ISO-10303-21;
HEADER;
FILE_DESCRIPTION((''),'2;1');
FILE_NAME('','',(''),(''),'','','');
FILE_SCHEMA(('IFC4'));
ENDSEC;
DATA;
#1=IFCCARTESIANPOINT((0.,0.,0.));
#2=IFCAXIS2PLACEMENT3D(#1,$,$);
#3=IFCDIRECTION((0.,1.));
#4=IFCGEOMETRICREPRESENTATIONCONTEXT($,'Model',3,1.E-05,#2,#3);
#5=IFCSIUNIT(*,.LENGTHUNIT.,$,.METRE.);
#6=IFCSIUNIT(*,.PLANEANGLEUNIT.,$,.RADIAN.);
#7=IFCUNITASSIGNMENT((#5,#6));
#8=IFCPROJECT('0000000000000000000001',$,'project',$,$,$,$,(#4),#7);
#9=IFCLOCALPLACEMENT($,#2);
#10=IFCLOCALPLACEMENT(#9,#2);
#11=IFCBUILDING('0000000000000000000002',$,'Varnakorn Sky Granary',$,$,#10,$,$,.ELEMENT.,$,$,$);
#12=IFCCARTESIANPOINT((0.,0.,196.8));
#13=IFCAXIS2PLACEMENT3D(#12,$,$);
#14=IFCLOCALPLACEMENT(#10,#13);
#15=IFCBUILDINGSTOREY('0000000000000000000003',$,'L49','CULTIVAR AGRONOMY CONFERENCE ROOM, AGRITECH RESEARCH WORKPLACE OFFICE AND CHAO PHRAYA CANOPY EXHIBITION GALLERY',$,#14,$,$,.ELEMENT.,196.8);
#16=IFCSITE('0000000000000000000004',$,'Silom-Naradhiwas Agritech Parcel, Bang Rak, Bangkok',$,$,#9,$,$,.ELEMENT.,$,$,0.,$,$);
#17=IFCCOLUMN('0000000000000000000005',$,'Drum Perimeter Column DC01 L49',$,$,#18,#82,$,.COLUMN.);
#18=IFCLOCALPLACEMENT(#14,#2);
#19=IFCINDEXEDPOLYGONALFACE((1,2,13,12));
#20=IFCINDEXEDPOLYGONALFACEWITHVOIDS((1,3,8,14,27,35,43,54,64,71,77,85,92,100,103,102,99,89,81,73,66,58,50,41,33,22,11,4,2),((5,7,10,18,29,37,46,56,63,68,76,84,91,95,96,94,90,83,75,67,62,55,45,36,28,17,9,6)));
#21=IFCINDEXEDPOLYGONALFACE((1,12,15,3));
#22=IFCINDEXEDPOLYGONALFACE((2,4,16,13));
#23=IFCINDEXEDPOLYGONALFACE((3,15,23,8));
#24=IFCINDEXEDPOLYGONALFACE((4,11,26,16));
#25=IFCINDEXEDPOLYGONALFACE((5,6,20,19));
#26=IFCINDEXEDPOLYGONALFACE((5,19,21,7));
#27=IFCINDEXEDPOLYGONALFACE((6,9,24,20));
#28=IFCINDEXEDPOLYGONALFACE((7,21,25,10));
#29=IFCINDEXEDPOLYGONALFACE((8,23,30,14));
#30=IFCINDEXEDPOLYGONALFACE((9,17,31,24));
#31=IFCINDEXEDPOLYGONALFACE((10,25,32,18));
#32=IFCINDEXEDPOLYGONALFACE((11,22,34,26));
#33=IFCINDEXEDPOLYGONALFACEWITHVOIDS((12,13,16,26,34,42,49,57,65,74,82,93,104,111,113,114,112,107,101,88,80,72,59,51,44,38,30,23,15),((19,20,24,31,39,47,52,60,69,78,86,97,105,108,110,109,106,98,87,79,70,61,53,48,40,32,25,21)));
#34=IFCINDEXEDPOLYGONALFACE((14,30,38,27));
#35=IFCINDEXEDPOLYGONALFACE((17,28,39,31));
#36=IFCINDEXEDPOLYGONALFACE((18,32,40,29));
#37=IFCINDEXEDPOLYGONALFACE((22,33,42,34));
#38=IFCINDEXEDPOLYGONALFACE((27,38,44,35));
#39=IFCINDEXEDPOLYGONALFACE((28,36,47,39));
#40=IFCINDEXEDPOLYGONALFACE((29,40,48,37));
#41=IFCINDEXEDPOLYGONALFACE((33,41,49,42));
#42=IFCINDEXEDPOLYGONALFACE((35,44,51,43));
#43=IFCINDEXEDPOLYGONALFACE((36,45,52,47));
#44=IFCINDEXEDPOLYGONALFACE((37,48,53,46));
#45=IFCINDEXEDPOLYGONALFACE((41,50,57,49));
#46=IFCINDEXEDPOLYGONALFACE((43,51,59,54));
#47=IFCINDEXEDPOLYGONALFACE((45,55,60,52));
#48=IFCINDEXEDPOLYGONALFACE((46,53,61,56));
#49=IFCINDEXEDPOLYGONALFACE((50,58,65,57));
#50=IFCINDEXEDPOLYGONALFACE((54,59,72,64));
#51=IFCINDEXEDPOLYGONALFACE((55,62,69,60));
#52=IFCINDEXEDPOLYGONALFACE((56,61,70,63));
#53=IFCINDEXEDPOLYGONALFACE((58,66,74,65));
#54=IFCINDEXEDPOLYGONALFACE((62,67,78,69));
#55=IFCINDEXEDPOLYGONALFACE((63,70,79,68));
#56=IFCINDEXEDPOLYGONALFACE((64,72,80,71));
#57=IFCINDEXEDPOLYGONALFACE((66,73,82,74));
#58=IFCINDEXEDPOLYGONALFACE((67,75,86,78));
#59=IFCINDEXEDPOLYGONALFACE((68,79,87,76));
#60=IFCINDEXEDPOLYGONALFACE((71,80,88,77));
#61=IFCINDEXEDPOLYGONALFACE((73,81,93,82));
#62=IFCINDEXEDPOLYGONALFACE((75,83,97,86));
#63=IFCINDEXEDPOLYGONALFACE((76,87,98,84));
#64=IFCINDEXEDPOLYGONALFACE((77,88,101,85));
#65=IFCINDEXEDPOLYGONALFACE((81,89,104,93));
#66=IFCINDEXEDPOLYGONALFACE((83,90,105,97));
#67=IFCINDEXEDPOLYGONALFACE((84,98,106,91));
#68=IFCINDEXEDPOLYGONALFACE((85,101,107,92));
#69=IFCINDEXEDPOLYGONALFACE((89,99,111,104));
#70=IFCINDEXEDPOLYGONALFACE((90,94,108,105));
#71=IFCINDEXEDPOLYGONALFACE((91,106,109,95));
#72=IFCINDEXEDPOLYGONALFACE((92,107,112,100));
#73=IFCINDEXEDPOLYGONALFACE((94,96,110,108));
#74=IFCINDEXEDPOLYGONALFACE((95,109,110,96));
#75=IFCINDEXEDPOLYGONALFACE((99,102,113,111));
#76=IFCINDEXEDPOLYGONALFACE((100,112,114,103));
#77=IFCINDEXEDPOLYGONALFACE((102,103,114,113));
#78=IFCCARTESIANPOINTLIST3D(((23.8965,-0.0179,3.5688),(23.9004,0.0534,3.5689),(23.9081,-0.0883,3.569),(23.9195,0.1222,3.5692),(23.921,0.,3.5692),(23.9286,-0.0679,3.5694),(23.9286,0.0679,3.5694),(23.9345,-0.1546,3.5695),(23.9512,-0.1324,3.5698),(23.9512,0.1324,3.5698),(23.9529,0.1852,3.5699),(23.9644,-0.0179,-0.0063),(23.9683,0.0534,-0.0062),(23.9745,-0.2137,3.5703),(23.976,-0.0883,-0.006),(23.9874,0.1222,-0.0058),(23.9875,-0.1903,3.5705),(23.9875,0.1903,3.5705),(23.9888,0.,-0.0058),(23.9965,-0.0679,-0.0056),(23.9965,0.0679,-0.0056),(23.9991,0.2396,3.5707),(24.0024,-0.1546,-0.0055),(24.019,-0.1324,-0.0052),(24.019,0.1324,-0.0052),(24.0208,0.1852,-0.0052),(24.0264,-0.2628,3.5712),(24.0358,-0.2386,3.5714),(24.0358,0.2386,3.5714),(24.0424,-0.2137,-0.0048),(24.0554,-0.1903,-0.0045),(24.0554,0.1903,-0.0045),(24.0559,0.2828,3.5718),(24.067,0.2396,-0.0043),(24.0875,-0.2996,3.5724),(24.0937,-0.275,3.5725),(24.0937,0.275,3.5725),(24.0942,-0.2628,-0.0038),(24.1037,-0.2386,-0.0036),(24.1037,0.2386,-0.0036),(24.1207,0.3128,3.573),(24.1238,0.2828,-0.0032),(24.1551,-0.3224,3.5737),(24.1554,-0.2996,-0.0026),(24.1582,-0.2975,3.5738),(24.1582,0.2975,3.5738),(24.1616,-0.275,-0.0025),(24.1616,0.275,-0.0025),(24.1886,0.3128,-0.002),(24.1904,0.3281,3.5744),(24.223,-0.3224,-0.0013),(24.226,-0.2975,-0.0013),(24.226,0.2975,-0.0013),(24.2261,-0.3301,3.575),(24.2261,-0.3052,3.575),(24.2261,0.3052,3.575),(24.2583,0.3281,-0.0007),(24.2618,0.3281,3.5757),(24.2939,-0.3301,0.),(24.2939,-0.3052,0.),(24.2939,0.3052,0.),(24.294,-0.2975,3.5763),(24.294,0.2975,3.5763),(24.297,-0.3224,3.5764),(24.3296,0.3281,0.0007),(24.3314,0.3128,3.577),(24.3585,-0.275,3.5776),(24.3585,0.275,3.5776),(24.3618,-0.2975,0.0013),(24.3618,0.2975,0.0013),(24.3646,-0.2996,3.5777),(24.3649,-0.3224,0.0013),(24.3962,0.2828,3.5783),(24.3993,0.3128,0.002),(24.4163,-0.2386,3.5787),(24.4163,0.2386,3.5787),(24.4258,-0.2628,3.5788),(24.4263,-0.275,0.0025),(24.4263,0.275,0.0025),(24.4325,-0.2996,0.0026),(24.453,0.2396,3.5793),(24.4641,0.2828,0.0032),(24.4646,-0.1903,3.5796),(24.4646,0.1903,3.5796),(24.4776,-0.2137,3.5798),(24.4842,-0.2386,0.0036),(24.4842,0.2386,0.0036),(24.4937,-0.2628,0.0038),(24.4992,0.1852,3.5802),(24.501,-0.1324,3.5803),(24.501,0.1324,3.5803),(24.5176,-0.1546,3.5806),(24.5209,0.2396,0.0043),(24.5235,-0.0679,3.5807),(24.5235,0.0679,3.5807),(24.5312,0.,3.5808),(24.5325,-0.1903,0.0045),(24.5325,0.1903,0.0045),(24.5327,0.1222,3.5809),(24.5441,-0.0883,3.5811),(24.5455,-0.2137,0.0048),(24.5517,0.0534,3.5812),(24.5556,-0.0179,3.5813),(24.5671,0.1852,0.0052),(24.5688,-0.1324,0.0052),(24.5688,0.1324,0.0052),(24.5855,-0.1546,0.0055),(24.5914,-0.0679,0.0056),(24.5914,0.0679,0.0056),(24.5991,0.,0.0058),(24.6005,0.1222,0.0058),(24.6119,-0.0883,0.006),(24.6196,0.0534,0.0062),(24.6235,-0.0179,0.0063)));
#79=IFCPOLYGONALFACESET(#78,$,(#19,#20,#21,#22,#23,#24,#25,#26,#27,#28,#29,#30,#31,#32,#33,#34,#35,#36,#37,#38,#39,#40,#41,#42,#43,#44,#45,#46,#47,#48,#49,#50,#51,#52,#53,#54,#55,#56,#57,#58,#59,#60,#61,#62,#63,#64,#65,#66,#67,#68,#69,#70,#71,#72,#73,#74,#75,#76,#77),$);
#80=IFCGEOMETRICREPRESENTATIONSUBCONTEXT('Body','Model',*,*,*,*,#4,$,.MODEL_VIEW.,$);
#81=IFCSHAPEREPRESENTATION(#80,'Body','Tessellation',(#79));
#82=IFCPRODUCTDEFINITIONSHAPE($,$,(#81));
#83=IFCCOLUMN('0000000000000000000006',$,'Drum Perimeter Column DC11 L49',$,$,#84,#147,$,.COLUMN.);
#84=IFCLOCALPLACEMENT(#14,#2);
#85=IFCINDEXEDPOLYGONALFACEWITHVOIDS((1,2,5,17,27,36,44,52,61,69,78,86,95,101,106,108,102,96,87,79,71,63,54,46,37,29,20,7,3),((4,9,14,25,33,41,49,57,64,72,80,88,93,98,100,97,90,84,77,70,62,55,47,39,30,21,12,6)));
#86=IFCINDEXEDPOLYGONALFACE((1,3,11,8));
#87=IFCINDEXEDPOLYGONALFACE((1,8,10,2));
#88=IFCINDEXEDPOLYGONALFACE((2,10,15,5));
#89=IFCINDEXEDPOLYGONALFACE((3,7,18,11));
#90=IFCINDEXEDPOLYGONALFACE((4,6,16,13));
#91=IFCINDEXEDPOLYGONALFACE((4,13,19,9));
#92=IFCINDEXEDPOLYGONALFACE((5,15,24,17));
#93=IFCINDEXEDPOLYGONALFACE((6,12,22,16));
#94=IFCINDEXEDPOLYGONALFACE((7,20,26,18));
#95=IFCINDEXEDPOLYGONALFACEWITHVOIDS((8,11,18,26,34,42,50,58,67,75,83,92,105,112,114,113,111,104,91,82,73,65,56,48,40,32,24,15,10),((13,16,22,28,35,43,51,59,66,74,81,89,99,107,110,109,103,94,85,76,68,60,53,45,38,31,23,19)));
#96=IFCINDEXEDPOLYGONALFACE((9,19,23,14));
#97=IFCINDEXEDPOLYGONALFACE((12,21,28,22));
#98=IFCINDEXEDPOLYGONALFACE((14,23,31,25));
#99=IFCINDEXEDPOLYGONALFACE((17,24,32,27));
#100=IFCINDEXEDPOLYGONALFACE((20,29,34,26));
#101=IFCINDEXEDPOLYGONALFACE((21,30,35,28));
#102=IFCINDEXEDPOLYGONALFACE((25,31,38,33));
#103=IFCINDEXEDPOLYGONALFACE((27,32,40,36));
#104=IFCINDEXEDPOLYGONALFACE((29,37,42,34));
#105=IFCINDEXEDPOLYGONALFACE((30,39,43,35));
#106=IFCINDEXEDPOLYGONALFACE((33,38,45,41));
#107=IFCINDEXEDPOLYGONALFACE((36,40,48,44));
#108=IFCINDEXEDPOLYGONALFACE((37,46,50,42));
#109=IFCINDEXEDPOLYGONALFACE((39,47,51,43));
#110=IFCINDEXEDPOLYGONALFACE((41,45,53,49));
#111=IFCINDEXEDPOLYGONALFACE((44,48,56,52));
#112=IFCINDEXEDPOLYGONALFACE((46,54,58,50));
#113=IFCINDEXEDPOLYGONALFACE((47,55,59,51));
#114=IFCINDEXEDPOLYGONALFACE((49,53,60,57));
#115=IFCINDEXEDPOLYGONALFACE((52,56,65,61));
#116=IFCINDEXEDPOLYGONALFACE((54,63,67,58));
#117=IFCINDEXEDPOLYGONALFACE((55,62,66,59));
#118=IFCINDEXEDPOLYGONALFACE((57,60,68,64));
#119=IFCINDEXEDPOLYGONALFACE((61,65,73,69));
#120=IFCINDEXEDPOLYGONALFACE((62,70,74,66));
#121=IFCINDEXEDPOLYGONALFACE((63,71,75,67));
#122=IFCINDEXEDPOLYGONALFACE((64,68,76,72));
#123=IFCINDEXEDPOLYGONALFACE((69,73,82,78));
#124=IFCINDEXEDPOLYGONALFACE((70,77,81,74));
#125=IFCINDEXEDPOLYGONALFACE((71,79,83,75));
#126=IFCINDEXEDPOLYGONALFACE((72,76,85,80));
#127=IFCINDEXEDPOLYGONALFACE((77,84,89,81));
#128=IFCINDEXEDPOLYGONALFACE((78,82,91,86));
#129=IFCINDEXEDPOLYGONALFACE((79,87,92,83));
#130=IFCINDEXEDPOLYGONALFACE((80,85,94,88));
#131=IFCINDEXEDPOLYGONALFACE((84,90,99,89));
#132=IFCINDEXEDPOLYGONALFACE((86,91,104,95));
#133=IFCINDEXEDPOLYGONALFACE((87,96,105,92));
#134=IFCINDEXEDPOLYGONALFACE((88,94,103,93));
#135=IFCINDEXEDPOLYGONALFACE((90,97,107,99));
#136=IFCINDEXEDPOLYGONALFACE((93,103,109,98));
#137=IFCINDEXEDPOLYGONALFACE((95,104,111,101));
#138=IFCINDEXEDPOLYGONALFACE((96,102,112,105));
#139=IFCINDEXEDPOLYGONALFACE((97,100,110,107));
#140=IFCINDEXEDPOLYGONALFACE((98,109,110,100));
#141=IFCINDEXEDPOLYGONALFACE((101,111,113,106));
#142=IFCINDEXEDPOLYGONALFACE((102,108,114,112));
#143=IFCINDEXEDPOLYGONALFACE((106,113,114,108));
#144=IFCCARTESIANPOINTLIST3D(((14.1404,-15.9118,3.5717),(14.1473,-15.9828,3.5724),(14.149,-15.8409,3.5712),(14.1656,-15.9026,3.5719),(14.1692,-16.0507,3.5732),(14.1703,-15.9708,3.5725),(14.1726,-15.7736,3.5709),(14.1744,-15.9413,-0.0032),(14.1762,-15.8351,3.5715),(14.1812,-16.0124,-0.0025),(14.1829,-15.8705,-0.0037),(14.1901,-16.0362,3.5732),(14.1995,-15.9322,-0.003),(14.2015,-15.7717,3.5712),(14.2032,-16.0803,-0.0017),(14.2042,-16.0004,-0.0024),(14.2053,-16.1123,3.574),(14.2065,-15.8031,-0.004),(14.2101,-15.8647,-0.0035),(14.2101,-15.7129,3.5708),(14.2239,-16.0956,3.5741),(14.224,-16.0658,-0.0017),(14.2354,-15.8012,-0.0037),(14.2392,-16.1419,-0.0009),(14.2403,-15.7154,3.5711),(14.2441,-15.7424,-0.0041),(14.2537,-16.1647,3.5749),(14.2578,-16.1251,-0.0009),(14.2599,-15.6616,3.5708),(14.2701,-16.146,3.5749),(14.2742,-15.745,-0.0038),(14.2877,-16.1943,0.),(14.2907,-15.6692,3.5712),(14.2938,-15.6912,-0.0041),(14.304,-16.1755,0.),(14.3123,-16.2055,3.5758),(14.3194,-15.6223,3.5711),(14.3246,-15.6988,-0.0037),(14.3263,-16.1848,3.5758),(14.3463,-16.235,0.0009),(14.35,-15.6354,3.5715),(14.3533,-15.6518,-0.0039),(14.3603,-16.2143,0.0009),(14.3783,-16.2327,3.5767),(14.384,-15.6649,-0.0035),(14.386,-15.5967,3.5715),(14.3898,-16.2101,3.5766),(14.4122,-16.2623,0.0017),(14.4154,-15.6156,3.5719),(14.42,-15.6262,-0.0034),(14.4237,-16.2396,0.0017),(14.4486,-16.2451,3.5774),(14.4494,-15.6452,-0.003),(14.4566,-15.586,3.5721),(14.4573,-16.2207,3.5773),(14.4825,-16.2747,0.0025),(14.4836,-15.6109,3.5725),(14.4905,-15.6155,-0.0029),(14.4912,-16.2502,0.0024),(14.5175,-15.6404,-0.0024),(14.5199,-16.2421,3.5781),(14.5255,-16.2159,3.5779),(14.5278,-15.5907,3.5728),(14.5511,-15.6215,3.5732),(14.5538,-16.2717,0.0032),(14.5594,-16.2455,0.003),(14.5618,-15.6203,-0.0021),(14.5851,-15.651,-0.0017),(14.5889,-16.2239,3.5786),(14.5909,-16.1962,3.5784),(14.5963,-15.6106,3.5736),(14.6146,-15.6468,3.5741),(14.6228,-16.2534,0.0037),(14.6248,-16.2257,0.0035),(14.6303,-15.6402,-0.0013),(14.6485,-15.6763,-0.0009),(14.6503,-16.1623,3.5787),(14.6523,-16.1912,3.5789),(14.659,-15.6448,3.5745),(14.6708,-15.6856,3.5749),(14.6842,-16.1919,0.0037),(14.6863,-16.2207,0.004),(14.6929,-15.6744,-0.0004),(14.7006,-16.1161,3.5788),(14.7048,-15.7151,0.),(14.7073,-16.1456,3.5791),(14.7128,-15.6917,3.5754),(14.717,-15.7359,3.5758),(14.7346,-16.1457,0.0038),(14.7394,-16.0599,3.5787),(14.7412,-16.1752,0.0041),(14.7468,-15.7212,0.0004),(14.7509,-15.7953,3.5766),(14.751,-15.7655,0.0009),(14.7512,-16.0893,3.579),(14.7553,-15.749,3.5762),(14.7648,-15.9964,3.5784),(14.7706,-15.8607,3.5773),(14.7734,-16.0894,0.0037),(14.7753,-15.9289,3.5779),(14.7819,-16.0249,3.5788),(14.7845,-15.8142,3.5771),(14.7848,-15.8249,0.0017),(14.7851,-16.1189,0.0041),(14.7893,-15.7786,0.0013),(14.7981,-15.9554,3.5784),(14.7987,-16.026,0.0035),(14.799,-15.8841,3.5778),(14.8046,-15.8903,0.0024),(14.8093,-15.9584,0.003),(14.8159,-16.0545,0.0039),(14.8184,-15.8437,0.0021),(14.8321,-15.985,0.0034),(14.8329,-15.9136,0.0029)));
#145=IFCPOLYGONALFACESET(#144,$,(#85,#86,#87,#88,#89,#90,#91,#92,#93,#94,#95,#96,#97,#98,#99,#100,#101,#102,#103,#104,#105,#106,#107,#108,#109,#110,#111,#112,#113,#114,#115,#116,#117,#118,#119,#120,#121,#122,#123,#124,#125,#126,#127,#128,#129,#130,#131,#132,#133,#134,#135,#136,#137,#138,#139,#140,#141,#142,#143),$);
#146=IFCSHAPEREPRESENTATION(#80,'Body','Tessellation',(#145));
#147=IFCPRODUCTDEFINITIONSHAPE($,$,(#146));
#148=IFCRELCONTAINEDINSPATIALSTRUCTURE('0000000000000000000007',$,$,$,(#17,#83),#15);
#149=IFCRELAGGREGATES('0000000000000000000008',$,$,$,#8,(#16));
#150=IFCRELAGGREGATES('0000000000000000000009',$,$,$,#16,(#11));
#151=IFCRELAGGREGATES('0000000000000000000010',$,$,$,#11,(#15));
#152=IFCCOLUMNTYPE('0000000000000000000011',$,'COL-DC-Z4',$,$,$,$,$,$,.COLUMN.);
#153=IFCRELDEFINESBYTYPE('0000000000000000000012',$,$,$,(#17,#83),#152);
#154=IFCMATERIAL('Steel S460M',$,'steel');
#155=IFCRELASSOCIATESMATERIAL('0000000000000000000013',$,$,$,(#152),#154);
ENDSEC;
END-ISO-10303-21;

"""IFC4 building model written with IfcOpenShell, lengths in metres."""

from ifc_helpers import new_model, si_unit, direction, frame, origin, origin_2d, place, context, subcontext, project, spatial, hollow_circle, extrude, material, material_profile, profile_set, type_object, element, save


model = new_model("IFC4")

# Units and contexts
model_context = context("Model", 3, precision=1e-05, world=origin(), true_north=direction((0.0, 1.0)))
body_context = subcontext(model_context, "Body", "Model", "MODEL_VIEW")
ifc_project = project(units=[si_unit("LENGTHUNIT", "METRE"), si_unit("PLANEANGLEUNIT", "RADIAN")], contexts=[model_context])

# Site, building, storey
site_placement = place(None, origin())
site = spatial("IfcSite", under=ifc_project, at=site_placement, Name="Silom-Naradhiwas Agritech Parcel, Bang Rak, Bangkok", CompositionType="ELEMENT", RefElevation=0.0)
building_placement = place(site_placement, origin())
building = spatial("IfcBuilding", under=site, at=building_placement, Name="Varnakorn Sky Granary", CompositionType="ELEMENT")
storey_placement = place(building_placement, frame((0.0, 0.0, 196.8)))
storey = spatial("IfcBuildingStorey", under=building, at=storey_placement, Name="L49", Description="CULTIVAR AGRONOMY CONFERENCE ROOM, AGRITECH RESEARCH WORKPLACE OFFICE AND CHAO PHRAYA CANOPY EXHIBITION GALLERY", CompositionType="ELEMENT", Elevation=196.8)

# Columns
ifc_material_1 = material(Name="Steel S460M", Category="steel")
ifc_material_profile_1 = material_profile(ifc_material_1, hollow_circle(Radius=0.3301, WallThickness=0.0249, at=origin_2d()), Name="CHS 660x25")
ifc_profile_set_1 = profile_set([ifc_material_profile_1], Name="Steel S460M")
column_type = type_object("IfcColumnType", Name="COL-DC-Z4", PredefinedType="COLUMN", material=ifc_profile_set_1)
column_1_placement = place(storey_placement, frame((24.2939, 0.0, 0.0), z_axis=(-0.018982, 0.0, 0.99982), x_axis=(0.0, -1.0, 0.0)))
element("IfcColumn", 1, at=column_1_placement, inside=storey, type_object=column_type, Name="Drum Perimeter Column DC01 L49", PredefinedType="COLUMN", context=body_context, shape_type="SweptSolid", body=[
    extrude(hollow_circle(Radius=0.3301, WallThickness=0.0249, at=origin_2d()), origin(), (0.0, 0.0, 1.0), 3.5757),
])
column_2_placement = place(storey_placement, frame((14.5044, -15.9453, 0.0), z_axis=(-0.009492, 0.008263, 0.999921), x_axis=(-0.656582, -0.754255, 0.0)))
element("IfcColumn", 2, at=column_2_placement, inside=storey, type_object=column_type, Name="Drum Perimeter Column DC11 L49", PredefinedType="COLUMN", context=body_context, shape_type="SweptSolid", body=[
    extrude(hollow_circle(Radius=0.3301, WallThickness=0.0249, at=origin_2d()), origin(), (0.0, 0.0, 1.0), 3.5752),
])

save(model, "model.ifc")
